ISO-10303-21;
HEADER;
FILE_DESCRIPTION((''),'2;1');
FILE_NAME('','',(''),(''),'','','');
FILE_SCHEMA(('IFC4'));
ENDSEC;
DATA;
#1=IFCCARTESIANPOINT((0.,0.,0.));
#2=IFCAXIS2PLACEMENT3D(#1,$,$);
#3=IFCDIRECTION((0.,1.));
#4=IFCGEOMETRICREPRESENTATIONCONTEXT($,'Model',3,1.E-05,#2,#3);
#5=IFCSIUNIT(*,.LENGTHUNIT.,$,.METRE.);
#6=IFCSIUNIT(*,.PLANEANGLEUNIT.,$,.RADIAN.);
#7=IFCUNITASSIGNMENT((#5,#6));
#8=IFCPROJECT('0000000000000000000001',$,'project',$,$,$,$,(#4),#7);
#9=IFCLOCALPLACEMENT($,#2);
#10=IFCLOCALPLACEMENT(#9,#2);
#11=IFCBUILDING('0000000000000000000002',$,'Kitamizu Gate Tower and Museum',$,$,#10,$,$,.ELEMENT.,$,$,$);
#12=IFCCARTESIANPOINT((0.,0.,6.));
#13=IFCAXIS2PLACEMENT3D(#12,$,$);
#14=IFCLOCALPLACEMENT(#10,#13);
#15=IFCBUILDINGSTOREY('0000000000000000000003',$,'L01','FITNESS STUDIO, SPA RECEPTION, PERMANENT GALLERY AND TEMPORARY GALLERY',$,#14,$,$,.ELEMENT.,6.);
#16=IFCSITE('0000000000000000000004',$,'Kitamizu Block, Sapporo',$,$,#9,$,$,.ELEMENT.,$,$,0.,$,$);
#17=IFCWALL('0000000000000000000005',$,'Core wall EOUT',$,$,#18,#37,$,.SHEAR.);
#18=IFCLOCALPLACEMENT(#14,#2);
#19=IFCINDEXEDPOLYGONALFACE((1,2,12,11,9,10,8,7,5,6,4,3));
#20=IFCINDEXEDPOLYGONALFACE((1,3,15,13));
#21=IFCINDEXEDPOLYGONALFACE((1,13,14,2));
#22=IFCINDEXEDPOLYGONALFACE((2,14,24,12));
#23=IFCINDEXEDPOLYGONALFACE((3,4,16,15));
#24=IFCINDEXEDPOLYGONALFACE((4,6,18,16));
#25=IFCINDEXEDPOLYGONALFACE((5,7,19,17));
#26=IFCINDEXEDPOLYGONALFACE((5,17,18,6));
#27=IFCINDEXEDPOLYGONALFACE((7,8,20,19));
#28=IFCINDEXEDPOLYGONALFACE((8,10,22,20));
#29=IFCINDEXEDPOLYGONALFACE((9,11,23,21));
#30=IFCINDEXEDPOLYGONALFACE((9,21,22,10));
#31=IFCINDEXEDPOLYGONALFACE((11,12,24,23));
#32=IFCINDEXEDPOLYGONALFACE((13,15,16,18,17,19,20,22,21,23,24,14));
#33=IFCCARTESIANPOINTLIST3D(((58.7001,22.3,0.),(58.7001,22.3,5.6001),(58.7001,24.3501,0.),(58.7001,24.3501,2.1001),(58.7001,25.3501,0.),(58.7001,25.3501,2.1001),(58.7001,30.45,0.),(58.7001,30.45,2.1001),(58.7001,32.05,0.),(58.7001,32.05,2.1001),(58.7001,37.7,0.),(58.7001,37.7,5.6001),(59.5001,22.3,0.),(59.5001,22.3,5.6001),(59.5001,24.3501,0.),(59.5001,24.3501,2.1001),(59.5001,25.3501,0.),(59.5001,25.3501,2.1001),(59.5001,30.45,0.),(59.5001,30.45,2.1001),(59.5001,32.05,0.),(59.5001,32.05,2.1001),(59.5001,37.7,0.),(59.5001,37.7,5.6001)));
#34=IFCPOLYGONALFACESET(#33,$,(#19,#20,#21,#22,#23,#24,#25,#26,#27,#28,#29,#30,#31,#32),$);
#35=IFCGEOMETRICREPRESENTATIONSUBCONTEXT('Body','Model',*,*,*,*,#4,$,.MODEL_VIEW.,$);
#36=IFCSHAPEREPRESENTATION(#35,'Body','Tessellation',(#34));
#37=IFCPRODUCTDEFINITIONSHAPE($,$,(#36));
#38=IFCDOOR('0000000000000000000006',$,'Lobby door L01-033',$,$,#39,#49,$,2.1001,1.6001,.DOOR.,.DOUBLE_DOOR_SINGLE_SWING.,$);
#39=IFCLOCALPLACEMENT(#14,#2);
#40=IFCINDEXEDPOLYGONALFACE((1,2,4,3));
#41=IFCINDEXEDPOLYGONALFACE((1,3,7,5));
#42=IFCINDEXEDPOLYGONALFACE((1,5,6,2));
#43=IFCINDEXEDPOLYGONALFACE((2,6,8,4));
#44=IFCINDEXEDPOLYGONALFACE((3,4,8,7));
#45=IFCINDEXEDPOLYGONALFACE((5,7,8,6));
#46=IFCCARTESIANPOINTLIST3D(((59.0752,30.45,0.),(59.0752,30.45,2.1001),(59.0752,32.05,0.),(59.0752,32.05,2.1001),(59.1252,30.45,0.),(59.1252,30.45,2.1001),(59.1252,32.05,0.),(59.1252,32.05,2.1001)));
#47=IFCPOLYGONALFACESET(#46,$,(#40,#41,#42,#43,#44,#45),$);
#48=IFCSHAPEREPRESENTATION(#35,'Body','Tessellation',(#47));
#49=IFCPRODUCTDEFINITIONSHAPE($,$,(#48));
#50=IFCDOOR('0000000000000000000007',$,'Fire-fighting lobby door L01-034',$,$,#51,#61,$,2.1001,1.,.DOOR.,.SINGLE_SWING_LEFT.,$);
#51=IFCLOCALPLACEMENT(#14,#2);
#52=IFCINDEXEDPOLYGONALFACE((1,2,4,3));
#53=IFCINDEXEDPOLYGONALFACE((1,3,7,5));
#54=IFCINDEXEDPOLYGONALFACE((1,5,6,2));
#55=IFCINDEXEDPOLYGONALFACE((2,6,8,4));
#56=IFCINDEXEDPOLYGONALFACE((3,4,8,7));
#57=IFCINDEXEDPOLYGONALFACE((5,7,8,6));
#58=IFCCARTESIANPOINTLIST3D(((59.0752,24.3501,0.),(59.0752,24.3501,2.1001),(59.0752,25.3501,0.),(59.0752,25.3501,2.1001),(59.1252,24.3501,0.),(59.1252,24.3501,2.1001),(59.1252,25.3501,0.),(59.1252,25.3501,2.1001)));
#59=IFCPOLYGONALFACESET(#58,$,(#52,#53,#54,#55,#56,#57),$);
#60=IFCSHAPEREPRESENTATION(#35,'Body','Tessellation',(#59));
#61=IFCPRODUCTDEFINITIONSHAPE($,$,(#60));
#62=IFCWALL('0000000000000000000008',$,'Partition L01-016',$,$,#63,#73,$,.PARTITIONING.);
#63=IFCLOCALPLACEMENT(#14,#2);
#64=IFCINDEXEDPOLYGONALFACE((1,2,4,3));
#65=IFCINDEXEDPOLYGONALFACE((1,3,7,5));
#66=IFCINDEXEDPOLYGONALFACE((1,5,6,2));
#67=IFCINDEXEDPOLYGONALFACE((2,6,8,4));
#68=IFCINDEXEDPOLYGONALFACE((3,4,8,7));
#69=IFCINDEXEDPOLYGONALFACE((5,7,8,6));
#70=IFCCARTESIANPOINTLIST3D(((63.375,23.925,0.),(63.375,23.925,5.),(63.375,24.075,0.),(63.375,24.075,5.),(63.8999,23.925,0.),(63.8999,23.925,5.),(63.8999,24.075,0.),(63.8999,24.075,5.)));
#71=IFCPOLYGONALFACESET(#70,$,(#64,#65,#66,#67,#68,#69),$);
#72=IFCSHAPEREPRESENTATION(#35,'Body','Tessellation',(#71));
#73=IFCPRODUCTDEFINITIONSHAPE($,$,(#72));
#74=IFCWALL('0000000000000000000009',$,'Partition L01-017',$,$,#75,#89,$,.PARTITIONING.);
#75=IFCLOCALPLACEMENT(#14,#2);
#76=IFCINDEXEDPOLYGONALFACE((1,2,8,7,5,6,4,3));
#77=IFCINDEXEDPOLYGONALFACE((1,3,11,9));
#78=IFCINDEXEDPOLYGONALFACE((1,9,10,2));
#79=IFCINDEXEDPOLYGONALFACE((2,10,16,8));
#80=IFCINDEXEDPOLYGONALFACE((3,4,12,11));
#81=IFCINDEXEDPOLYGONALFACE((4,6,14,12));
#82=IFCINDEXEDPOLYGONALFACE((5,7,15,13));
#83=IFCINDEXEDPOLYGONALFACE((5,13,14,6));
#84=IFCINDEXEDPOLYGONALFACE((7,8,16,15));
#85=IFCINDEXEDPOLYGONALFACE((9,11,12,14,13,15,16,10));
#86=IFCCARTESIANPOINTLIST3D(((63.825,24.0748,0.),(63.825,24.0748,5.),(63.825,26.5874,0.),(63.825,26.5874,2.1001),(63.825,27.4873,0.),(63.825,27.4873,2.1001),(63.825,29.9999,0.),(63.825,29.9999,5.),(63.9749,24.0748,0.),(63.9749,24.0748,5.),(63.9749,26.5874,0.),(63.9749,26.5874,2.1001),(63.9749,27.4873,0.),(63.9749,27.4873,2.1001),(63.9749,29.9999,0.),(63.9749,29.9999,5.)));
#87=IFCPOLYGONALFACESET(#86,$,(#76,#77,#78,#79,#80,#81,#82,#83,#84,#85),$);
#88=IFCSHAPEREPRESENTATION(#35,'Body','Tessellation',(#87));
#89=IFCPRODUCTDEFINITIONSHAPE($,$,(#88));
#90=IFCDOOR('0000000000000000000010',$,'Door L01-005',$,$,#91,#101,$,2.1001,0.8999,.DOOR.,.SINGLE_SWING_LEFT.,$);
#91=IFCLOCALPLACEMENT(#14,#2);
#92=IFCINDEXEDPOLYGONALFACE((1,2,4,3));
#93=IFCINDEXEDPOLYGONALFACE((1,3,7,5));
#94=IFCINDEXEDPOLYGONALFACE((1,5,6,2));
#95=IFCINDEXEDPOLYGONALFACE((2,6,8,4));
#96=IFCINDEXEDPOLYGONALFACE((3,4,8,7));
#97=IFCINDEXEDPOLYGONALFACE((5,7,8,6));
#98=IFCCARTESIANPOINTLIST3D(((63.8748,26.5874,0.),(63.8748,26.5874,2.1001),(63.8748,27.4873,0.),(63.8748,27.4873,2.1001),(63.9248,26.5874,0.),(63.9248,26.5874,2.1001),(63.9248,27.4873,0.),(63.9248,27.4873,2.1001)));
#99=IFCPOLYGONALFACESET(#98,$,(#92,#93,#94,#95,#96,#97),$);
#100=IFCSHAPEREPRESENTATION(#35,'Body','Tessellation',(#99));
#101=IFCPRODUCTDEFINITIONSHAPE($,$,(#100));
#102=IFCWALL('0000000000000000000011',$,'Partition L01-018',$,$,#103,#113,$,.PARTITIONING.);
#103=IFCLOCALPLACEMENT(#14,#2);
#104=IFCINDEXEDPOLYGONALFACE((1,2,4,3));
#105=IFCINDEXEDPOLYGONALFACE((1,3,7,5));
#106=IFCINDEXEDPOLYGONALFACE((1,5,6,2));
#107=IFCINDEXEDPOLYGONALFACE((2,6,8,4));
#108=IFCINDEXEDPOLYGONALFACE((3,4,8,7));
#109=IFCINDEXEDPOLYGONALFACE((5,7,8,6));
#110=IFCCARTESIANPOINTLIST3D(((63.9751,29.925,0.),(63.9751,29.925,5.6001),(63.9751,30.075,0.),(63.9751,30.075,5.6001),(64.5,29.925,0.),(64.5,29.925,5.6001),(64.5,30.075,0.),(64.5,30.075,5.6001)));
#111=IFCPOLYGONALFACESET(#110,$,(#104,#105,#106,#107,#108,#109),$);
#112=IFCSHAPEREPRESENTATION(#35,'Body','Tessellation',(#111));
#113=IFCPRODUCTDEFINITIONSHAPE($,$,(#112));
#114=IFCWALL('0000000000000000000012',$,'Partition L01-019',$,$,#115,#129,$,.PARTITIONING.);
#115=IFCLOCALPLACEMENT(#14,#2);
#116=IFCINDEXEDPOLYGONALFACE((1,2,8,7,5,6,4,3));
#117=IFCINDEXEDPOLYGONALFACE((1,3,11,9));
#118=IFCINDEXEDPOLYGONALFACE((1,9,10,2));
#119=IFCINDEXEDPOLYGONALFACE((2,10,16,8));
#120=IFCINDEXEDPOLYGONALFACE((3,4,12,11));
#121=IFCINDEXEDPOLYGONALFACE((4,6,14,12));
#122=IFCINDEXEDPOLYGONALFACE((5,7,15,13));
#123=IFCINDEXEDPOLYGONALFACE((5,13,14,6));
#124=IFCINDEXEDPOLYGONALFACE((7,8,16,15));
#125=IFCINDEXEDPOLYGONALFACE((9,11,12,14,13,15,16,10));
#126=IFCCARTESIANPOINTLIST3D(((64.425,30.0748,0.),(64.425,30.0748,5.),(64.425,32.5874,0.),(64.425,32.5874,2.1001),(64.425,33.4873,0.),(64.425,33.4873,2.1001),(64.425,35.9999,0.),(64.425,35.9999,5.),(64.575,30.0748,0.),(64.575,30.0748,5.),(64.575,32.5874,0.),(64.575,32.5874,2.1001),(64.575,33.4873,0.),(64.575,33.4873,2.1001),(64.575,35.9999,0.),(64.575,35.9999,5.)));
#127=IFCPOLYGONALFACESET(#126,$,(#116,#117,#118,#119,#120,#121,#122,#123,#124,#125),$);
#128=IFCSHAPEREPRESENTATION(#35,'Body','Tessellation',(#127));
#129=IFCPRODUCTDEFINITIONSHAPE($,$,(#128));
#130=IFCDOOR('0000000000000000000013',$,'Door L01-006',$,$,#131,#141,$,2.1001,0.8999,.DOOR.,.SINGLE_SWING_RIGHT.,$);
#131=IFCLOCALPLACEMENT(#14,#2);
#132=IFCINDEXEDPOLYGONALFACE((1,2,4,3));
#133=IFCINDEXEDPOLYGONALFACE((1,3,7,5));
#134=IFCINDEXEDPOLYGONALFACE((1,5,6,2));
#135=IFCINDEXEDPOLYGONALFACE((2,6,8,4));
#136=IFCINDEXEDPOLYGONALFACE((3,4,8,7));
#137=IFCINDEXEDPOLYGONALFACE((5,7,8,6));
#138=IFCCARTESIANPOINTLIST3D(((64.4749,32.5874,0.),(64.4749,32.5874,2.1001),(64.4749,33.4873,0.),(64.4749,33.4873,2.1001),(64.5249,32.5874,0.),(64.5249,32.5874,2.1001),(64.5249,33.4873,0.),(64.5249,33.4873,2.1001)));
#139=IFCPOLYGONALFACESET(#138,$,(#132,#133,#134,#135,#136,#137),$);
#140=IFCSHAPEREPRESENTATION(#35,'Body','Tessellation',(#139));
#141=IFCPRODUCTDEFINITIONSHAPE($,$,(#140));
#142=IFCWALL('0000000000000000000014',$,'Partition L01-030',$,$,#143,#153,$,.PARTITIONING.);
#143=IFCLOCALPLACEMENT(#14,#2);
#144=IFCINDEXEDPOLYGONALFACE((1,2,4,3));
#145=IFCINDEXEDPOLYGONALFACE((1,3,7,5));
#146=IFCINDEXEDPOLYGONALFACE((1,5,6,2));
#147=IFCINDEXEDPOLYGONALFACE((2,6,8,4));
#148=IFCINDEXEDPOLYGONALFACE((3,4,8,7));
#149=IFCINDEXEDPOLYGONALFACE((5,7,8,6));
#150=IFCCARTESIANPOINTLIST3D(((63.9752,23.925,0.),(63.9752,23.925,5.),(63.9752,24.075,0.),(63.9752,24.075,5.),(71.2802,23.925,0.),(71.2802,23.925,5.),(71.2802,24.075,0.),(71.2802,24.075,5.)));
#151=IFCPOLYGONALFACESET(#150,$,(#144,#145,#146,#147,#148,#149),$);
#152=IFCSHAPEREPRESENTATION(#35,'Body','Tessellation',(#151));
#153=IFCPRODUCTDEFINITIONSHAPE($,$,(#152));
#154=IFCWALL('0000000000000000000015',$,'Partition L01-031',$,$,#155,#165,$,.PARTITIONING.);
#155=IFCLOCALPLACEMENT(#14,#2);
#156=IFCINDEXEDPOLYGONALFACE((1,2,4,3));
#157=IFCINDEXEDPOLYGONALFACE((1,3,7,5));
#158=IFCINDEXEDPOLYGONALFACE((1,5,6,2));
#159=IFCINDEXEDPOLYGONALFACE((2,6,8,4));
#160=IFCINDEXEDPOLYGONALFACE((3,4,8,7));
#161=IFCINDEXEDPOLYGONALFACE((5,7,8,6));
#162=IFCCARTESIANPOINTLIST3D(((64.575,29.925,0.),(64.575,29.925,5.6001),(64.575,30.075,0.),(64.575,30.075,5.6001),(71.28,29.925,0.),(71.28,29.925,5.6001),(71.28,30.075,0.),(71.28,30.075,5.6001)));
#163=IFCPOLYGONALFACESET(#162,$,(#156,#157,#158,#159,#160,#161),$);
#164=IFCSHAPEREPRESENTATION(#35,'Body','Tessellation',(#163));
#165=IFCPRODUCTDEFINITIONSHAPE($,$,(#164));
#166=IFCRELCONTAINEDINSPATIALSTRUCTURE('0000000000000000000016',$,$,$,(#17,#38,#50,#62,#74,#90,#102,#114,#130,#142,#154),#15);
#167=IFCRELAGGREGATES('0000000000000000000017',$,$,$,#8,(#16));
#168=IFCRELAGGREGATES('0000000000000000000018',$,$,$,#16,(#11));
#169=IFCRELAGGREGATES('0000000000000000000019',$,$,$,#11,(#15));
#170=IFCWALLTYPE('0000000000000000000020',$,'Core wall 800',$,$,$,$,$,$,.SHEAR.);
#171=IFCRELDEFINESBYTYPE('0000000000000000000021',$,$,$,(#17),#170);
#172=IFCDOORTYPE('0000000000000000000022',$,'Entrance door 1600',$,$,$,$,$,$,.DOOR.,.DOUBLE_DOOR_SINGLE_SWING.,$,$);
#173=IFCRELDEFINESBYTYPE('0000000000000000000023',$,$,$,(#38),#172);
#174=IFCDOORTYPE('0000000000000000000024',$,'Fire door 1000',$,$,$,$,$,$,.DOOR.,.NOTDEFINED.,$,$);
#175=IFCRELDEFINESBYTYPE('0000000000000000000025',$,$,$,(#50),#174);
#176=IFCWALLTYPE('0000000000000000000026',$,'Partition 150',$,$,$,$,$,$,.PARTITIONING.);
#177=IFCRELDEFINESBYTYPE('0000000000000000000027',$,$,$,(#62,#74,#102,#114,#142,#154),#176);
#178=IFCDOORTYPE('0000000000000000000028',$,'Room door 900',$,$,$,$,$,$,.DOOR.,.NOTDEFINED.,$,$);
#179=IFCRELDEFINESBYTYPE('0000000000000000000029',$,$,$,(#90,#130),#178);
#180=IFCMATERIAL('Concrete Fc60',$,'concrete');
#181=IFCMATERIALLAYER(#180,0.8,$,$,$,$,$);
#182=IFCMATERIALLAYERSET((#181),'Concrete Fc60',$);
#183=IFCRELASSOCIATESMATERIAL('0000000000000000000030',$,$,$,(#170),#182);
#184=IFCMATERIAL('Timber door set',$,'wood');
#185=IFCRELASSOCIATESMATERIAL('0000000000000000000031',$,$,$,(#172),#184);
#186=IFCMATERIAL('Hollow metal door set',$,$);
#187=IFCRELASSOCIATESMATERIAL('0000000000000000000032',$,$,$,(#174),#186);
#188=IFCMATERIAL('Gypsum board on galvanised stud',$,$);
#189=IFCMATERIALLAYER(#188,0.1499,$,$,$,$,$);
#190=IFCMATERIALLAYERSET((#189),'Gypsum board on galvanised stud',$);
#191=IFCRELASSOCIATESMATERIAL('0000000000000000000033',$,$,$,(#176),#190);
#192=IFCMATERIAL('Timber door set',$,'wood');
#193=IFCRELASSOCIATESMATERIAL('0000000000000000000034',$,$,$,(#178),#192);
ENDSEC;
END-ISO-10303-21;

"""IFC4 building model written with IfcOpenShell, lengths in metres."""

from ifc_helpers import new_model, si_unit, direction, frame, frame_2d, origin, place, context, subcontext, project, spatial, rectangle, extrude, material, layer, layer_set, type_object, element, fill, save


model = new_model("IFC4")

# Units and contexts
model_context = context("Model", 3, precision=1e-05, world=origin(), true_north=direction((0.0, 1.0)))
body_context = subcontext(model_context, "Body", "Model", "MODEL_VIEW")
ifc_project = project(units=[si_unit("LENGTHUNIT", "METRE"), si_unit("PLANEANGLEUNIT", "RADIAN")], contexts=[model_context])

# Site, building, storey
site_placement = place(None, origin())
site = spatial("IfcSite", under=ifc_project, at=site_placement, Name="Kitamizu Block, Sapporo", CompositionType="ELEMENT", RefElevation=0.0)
building_placement = place(site_placement, origin())
building = spatial("IfcBuilding", under=site, at=building_placement, Name="Kitamizu Gate Tower and Museum", CompositionType="ELEMENT")
storey_placement = place(building_placement, frame((0.0, 0.0, 6.0)))
storey = spatial("IfcBuildingStorey", under=building, at=storey_placement, Name="L01", Description="FITNESS STUDIO, SPA RECEPTION, PERMANENT GALLERY AND TEMPORARY GALLERY", CompositionType="ELEMENT", Elevation=6.0)

# Shared definitions
ifc_material_1 = material(Name="Concrete Fc60", Category="concrete")
ifc_layer_1 = layer(ifc_material_1, 0.8)
ifc_layer_set_1 = layer_set([ifc_layer_1], Name="Concrete Fc60")
wall_type_1 = type_object("IfcWallType", Name="Core wall 800", PredefinedType="SHEAR", material=ifc_layer_set_1)

# Wall, openings, doors
wall_1_placement = place(storey_placement, frame((59.1001, 22.3, 0.0), z_axis=(0.0, 0.0, 1.0), x_axis=(0.0, 1.0, 0.0)))
wall_1 = element("IfcWall", 1, at=wall_1_placement, inside=storey, type_object=wall_type_1, Name="Core wall EOUT", PredefinedType="SHEAR", context=body_context, shape_type="SweptSolid", body=[
    extrude(rectangle(XDim=15.3999, YDim=0.8, at=frame_2d((7.7, 0.0))), origin(), (0.0, 0.0, 1.0), 5.6001),
])
opening_1_placement = place(wall_1_placement, frame((8.1499, 0.0, 0.0)))
opening_1 = element("IfcOpeningElement", 2, at=opening_1_placement, cuts=wall_1, PredefinedType="OPENING", context=body_context, shape_type="SweptSolid", body=[
    extrude(rectangle(XDim=1.6001, YDim=2.1001, at=frame_2d((0.8, 1.05))), frame((0.0, 0.4102, 0.0), z_axis=(0.0, -1.0, 0.0), x_axis=(1.0, 0.0, 0.0)), (0.0, 0.0, 1.0), 0.8201),
])
opening_2_placement = place(wall_1_placement, frame((2.05, 0.0, 0.0)))
opening_2 = element("IfcOpeningElement", 3, at=opening_2_placement, cuts=wall_1, PredefinedType="OPENING", context=body_context, shape_type="SweptSolid", body=[
    extrude(rectangle(XDim=1.0, YDim=2.1001, at=frame_2d((0.5, 1.05))), frame((0.0, 0.4102, 0.0), z_axis=(0.0, -1.0, 0.0), x_axis=(1.0, 0.0, 0.0)), (0.0, 0.0, 1.0), 0.8201),
])
ifc_material_2 = material(Name="Timber door set", Category="wood")
door_type_1 = type_object("IfcDoorType", Name="Entrance door 1600", OperationType="DOUBLE_DOOR_SINGLE_SWING", PredefinedType="DOOR", material=ifc_material_2)
door_1_placement = place(opening_1_placement, origin())
door_1 = element("IfcDoor", 4, at=door_1_placement, inside=storey, type_object=door_type_1, Name="Lobby door L01-033", OperationType="DOUBLE_DOOR_SINGLE_SWING", OverallHeight=2.1001, OverallWidth=1.6001, PredefinedType="DOOR", context=body_context, shape_type="SweptSolid", body=[
    extrude(rectangle(XDim=1.6001, YDim=2.1001, at=frame_2d((0.8, 1.05))), frame((0.0, 0.0249, 0.0), z_axis=(0.0, -1.0, 0.0), x_axis=(1.0, 0.0, 0.0)), (0.0, 0.0, 1.0), 0.05),
])
fill(opening_1, door_1)
ifc_material_3 = material(Name="Hollow metal door set")
door_type_2 = type_object("IfcDoorType", Name="Fire door 1000", OperationType="NOTDEFINED", PredefinedType="DOOR", material=ifc_material_3)
door_2_placement = place(opening_2_placement, origin())
door_2 = element("IfcDoor", 5, at=door_2_placement, inside=storey, type_object=door_type_2, Name="Fire-fighting lobby door L01-034", OperationType="SINGLE_SWING_LEFT", OverallHeight=2.1001, OverallWidth=1.0, PredefinedType="DOOR", context=body_context, shape_type="SweptSolid", body=[
    extrude(rectangle(XDim=1.0, YDim=2.1001, at=frame_2d((0.5, 1.05))), frame((0.0, 0.0249, 0.0), z_axis=(0.0, -1.0, 0.0), x_axis=(1.0, 0.0, 0.0)), (0.0, 0.0, 1.0), 0.05),
])
fill(opening_2, door_2)

# Wall
ifc_material_4 = material(Name="Gypsum board on galvanised stud")
ifc_layer_2 = layer(ifc_material_4, 0.1499)
ifc_layer_set_2 = layer_set([ifc_layer_2], Name="Gypsum board on galvanised stud")
wall_type_2 = type_object("IfcWallType", Name="Partition 150", PredefinedType="PARTITIONING", material=ifc_layer_set_2)
wall_2_placement = place(storey_placement, frame((63.375, 24.0, 0.0), z_axis=(0.0, 0.0, 1.0), x_axis=(1.0, 0.0, 0.0)))
element("IfcWall", 6, at=wall_2_placement, inside=storey, type_object=wall_type_2, Name="Partition L01-016", PredefinedType="PARTITIONING", context=body_context, shape_type="SweptSolid", body=[
    extrude(rectangle(XDim=0.5249, YDim=0.1499, at=frame_2d((0.2625, 0.0))), origin(), (0.0, 0.0, 1.0), 5.0),
])

# Wall, opening, door
wall_3_placement = place(storey_placement, frame((63.8999, 24.075, 0.0), z_axis=(0.0, 0.0, 1.0), x_axis=(0.0, 1.0, 0.0)))
wall_3 = element("IfcWall", 7, at=wall_3_placement, inside=storey, type_object=wall_type_2, Name="Partition L01-017", PredefinedType="PARTITIONING", context=body_context, shape_type="SweptSolid", body=[
    extrude(rectangle(XDim=5.925, YDim=0.1499, at=frame_2d((2.9624, 0.0))), origin(), (0.0, 0.0, 1.0), 5.0),
])
opening_3_placement = place(wall_3_placement, frame((2.5125, 0.0, 0.0)))
opening_3 = element("IfcOpeningElement", 8, at=opening_3_placement, cuts=wall_3, PredefinedType="OPENING", context=body_context, shape_type="SweptSolid", body=[
    extrude(rectangle(XDim=0.8999, YDim=2.1001, at=frame_2d((0.45, 1.05))), frame((0.0, 0.085, 0.0), z_axis=(0.0, -1.0, 0.0), x_axis=(1.0, 0.0, 0.0)), (0.0, 0.0, 1.0), 0.1699),
])
ifc_material_5 = material(Name="Timber door set", Category="wood")
door_type_3 = type_object("IfcDoorType", Name="Room door 900", OperationType="NOTDEFINED", PredefinedType="DOOR", material=ifc_material_5)
door_3_placement = place(opening_3_placement, frame((0.8999, 0.0, 0.0), x_axis=(-1.0, 0.0, 0.0)))
door_3 = element("IfcDoor", 9, at=door_3_placement, inside=storey, type_object=door_type_3, Name="Door L01-005", OperationType="SINGLE_SWING_LEFT", OverallHeight=2.1001, OverallWidth=0.8999, PredefinedType="DOOR", context=body_context, shape_type="SweptSolid", body=[
    extrude(rectangle(XDim=0.8999, YDim=2.1001, at=frame_2d((0.45, 1.05))), frame((0.0, 0.0249, 0.0), z_axis=(0.0, -1.0, 0.0), x_axis=(1.0, 0.0, 0.0)), (0.0, 0.0, 1.0), 0.05),
])
fill(opening_3, door_3)

# Wall
wall_4_placement = place(storey_placement, frame((63.9751, 30.0, 0.0), z_axis=(0.0, 0.0, 1.0), x_axis=(1.0, 0.0, 0.0)))
element("IfcWall", 10, at=wall_4_placement, inside=storey, type_object=wall_type_2, Name="Partition L01-018", PredefinedType="PARTITIONING", context=body_context, shape_type="SweptSolid", body=[
    extrude(rectangle(XDim=0.5249, YDim=0.1499, at=frame_2d((0.2625, 0.0))), origin(), (0.0, 0.0, 1.0), 5.6001),
])

# Wall, opening, door
wall_5_placement = place(storey_placement, frame((64.5, 30.075, 0.0), z_axis=(0.0, 0.0, 1.0), x_axis=(0.0, 1.0, 0.0)))
wall_5 = element("IfcWall", 11, at=wall_5_placement, inside=storey, type_object=wall_type_2, Name="Partition L01-019", PredefinedType="PARTITIONING", context=body_context, shape_type="SweptSolid", body=[
    extrude(rectangle(XDim=5.925, YDim=0.1499, at=frame_2d((2.9624, 0.0))), origin(), (0.0, 0.0, 1.0), 5.0),
])
opening_4_placement = place(wall_5_placement, frame((2.5125, 0.0, 0.0)))
opening_4 = element("IfcOpeningElement", 12, at=opening_4_placement, cuts=wall_5, PredefinedType="OPENING", context=body_context, shape_type="SweptSolid", body=[
    extrude(rectangle(XDim=0.8999, YDim=2.1001, at=frame_2d((0.45, 1.05))), frame((0.0, 0.085, 0.0), z_axis=(0.0, -1.0, 0.0), x_axis=(1.0, 0.0, 0.0)), (0.0, 0.0, 1.0), 0.1699),
])
door_4_placement = place(opening_4_placement, frame((0.8999, 0.0, 0.0), x_axis=(-1.0, 0.0, 0.0)))
door_4 = element("IfcDoor", 13, at=door_4_placement, inside=storey, type_object=door_type_3, Name="Door L01-006", OperationType="SINGLE_SWING_RIGHT", OverallHeight=2.1001, OverallWidth=0.8999, PredefinedType="DOOR", context=body_context, shape_type="SweptSolid", body=[
    extrude(rectangle(XDim=0.8999, YDim=2.1001, at=frame_2d((0.45, 1.05))), frame((0.0, 0.0249, 0.0), z_axis=(0.0, -1.0, 0.0), x_axis=(1.0, 0.0, 0.0)), (0.0, 0.0, 1.0), 0.05),
])
fill(opening_4, door_4)

# Walls
wall_6_placement = place(storey_placement, frame((71.28, 24.0, 0.0), z_axis=(0.0, 0.0, 1.0), x_axis=(-1.0, 0.0, 0.0)))
element("IfcWall", 14, at=wall_6_placement, inside=storey, type_object=wall_type_2, Name="Partition L01-030", PredefinedType="PARTITIONING", context=body_context, shape_type="SweptSolid", body=[
    extrude(rectangle(XDim=7.3049, YDim=0.1499, at=frame_2d((3.6523, 0.0))), origin(), (0.0, 0.0, 1.0), 5.0),
])
wall_7_placement = place(storey_placement, frame((71.28, 30.0, 0.0), z_axis=(0.0, 0.0, 1.0), x_axis=(-1.0, 0.0, 0.0)))
element("IfcWall", 15, at=wall_7_placement, inside=storey, type_object=wall_type_2, Name="Partition L01-031", PredefinedType="PARTITIONING", context=body_context, shape_type="SweptSolid", body=[
    extrude(rectangle(XDim=6.7051, YDim=0.1499, at=frame_2d((3.3525, 0.0))), origin(), (0.0, 0.0, 1.0), 5.6001),
])

save(model, "model.ifc")
